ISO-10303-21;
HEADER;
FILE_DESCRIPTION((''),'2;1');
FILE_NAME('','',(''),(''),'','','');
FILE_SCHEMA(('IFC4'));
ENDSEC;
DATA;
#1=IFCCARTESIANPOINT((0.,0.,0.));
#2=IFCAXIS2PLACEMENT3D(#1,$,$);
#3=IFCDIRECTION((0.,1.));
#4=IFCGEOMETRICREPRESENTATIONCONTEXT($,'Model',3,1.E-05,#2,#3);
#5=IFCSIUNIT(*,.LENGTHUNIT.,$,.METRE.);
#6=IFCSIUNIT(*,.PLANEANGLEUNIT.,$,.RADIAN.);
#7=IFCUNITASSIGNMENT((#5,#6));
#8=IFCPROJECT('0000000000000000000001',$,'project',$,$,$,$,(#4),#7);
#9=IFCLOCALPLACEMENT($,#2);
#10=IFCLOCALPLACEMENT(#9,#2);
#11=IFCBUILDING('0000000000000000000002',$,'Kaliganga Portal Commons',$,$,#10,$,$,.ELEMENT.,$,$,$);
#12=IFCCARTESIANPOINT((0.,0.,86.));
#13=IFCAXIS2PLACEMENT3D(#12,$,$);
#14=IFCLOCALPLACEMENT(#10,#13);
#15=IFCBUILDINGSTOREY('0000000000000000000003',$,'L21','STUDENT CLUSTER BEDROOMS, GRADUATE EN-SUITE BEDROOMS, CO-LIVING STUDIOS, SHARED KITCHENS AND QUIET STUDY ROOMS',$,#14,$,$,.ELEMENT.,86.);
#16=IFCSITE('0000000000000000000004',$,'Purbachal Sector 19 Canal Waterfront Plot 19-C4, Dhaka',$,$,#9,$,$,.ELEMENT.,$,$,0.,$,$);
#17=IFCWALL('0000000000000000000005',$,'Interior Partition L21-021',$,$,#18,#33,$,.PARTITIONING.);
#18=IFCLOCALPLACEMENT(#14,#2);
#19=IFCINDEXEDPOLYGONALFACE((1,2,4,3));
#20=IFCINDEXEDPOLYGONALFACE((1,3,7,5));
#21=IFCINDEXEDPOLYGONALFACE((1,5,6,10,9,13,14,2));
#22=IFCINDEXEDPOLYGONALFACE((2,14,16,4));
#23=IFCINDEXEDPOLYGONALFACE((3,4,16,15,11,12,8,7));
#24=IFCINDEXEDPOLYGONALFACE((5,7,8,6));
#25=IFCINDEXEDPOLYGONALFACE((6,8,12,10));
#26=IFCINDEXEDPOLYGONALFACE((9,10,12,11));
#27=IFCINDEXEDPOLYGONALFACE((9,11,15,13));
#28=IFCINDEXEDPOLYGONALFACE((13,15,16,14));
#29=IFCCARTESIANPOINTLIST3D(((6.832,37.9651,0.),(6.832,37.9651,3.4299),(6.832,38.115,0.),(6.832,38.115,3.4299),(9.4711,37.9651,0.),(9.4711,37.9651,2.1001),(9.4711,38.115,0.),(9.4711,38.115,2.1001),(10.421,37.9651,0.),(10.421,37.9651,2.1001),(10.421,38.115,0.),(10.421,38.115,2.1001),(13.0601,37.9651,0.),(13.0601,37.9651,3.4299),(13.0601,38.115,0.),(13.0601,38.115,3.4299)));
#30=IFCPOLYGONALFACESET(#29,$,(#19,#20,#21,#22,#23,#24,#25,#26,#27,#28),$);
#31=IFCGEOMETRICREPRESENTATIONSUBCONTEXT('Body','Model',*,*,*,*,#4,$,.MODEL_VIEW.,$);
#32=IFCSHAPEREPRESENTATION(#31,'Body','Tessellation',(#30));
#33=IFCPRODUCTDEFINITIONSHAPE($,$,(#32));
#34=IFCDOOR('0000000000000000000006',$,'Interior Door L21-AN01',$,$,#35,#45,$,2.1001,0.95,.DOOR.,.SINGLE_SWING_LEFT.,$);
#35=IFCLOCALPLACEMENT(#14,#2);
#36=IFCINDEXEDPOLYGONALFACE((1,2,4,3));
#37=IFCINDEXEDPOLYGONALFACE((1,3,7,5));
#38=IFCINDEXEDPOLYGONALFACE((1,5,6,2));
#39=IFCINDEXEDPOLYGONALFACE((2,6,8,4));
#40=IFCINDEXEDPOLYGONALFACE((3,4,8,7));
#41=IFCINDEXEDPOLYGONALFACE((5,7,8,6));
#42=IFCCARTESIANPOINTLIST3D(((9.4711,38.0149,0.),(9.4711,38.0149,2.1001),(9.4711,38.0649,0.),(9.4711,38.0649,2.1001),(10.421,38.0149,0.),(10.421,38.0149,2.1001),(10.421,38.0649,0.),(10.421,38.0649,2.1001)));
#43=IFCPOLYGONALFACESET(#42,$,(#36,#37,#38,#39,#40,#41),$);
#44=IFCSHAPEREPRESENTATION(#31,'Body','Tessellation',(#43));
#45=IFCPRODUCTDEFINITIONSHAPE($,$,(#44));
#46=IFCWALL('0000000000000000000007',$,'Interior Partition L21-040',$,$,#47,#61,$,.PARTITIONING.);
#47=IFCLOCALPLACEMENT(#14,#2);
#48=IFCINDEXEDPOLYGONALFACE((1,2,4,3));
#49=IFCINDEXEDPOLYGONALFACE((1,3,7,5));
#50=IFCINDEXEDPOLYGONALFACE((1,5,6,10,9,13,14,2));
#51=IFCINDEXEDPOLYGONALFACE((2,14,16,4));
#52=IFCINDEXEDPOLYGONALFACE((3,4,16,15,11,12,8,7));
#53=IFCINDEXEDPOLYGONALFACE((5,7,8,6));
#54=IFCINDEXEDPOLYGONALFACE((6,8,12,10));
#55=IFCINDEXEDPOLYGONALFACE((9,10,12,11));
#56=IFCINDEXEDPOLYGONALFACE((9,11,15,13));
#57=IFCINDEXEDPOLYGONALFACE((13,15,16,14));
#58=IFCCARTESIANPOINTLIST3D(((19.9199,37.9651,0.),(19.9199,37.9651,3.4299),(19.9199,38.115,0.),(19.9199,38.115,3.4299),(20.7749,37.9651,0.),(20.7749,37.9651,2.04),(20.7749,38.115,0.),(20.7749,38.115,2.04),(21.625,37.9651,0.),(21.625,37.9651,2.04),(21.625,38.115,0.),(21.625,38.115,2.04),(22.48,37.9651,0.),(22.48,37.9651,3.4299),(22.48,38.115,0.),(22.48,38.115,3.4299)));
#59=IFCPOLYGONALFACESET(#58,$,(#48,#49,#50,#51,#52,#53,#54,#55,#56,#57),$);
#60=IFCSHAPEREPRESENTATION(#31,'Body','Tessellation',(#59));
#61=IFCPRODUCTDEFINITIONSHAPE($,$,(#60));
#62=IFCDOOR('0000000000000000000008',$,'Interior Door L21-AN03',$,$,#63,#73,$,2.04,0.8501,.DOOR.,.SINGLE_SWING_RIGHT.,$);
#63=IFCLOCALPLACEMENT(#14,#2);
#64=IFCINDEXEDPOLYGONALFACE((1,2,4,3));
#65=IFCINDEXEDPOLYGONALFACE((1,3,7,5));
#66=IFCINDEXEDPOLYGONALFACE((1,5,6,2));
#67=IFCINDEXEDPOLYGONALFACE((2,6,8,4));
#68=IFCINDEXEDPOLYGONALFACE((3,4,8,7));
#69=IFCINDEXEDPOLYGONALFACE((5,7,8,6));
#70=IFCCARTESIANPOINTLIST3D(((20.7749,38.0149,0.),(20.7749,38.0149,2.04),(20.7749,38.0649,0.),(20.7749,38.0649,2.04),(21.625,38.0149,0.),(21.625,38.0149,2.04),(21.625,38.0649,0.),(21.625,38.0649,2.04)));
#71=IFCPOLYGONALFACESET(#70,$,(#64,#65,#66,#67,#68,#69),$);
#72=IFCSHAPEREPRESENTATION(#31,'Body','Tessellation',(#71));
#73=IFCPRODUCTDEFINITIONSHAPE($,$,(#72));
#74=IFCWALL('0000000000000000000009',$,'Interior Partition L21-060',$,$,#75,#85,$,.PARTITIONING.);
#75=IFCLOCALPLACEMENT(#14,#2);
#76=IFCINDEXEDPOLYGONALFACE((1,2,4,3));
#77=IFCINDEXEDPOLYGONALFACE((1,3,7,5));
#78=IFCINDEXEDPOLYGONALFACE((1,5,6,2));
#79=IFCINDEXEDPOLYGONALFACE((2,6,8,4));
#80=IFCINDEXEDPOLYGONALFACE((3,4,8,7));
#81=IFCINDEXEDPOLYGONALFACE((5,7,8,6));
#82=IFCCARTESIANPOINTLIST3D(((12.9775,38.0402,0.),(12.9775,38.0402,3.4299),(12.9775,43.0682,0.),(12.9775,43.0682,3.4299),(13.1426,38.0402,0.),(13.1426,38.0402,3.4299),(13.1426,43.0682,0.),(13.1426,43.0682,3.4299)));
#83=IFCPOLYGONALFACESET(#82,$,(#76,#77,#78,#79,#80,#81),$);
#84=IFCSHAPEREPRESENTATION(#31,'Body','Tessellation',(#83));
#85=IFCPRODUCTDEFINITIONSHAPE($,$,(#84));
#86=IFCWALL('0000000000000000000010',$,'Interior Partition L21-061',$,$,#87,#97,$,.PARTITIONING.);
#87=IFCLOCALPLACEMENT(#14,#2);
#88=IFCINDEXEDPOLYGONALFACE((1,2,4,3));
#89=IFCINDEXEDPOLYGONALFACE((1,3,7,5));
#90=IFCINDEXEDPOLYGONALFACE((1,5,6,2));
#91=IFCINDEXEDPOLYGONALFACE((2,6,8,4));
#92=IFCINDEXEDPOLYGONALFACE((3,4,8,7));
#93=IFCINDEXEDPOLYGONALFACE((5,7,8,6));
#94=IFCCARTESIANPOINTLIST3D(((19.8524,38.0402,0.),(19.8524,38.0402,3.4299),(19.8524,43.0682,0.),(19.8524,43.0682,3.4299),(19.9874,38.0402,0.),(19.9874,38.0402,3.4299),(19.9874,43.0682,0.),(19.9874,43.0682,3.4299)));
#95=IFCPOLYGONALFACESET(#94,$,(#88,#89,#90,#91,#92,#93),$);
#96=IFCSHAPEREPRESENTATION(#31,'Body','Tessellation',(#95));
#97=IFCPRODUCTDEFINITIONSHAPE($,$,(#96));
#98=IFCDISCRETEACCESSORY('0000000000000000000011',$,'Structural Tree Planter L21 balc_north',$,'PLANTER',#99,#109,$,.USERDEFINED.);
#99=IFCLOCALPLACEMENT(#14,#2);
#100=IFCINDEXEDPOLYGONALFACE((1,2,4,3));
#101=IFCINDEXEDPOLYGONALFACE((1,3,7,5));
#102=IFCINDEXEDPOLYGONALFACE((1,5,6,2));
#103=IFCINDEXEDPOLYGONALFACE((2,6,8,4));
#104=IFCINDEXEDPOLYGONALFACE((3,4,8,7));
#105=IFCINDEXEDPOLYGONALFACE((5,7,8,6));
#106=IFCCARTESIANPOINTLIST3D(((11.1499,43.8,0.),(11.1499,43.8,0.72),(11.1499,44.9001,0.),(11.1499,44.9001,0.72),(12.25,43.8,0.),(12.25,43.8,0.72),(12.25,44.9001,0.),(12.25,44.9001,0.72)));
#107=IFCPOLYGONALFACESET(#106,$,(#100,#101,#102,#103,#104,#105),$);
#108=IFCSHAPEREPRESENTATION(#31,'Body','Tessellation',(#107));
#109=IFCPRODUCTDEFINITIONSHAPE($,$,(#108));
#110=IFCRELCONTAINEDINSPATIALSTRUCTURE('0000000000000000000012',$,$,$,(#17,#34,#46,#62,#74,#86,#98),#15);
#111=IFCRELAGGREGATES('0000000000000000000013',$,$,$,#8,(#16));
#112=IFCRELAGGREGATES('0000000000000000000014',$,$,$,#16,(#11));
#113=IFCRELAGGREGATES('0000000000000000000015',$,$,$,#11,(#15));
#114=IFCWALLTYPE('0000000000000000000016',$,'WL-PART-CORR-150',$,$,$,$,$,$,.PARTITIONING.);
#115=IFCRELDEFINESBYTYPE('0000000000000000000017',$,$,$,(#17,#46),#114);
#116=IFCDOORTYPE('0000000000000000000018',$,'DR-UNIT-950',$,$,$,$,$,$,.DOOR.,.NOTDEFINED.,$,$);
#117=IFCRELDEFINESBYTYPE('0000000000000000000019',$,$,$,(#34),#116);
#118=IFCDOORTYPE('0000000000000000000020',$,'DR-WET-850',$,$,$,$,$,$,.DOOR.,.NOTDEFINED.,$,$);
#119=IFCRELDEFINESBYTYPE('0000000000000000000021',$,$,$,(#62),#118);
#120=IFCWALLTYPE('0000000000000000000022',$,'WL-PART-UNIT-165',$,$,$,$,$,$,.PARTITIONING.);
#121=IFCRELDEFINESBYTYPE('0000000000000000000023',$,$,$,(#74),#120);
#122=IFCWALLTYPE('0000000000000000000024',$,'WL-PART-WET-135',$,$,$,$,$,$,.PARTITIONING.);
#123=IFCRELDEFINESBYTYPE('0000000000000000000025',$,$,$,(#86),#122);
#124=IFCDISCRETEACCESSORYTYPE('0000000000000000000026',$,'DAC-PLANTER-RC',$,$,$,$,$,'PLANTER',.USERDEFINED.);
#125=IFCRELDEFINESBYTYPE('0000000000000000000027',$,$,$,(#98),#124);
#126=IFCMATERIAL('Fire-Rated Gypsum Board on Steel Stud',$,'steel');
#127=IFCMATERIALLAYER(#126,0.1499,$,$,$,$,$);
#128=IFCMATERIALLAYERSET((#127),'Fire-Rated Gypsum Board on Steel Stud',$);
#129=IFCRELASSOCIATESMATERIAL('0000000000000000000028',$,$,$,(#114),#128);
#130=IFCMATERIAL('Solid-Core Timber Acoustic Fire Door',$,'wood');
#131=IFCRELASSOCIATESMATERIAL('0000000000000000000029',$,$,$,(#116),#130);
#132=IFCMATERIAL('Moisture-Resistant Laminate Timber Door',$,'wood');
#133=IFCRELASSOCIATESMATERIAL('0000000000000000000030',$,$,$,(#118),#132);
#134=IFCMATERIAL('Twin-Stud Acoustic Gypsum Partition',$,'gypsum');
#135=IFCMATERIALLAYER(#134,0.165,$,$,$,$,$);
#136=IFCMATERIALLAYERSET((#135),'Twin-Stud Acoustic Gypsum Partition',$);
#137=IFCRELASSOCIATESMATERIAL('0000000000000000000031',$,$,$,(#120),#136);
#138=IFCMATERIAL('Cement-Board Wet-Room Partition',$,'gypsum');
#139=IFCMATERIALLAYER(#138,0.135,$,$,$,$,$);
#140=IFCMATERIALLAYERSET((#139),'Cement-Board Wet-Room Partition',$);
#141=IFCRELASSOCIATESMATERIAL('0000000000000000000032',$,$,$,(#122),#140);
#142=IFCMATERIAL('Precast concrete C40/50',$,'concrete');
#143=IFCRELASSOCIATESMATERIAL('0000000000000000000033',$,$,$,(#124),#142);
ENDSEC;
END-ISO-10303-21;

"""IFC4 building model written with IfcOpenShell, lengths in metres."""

from ifc_helpers import new_model, si_unit, direction, frame, frame_2d, origin, origin_2d, place, context, subcontext, project, spatial, rectangle, extrude, source, transform, mapped, material, layer, layer_set, type_object, element, fill, save


model = new_model("IFC4")

# Units and contexts
model_context = context("Model", 3, precision=1e-05, world=origin(), true_north=direction((0.0, 1.0)))
body_context = subcontext(model_context, "Body", "Model", "MODEL_VIEW")
ifc_project = project(units=[si_unit("LENGTHUNIT", "METRE"), si_unit("PLANEANGLEUNIT", "RADIAN")], contexts=[model_context])

# Site, building, storey
site_placement = place(None, origin())
site = spatial("IfcSite", under=ifc_project, at=site_placement, Name="Purbachal Sector 19 Canal Waterfront Plot 19-C4, Dhaka", CompositionType="ELEMENT", RefElevation=0.0)
building_placement = place(site_placement, origin())
building = spatial("IfcBuilding", under=site, at=building_placement, Name="Kaliganga Portal Commons", CompositionType="ELEMENT")
storey_placement = place(building_placement, frame((0.0, 0.0, 86.0)))
storey = spatial("IfcBuildingStorey", under=building, at=storey_placement, Name="L21", Description="STUDENT CLUSTER BEDROOMS, GRADUATE EN-SUITE BEDROOMS, CO-LIVING STUDIOS, SHARED KITCHENS AND QUIET STUDY ROOMS", CompositionType="ELEMENT", Elevation=86.0)

# Walls, openings, doors
ifc_material_1 = material(Name="Fire-Rated Gypsum Board on Steel Stud", Category="steel")
ifc_layer_1 = layer(ifc_material_1, 0.1499)
ifc_layer_set_1 = layer_set([ifc_layer_1], Name="Fire-Rated Gypsum Board on Steel Stud")
wall_type_1 = type_object("IfcWallType", Name="WL-PART-CORR-150", PredefinedType="PARTITIONING", material=ifc_layer_set_1)
ifc_material_2 = material(Name="Solid-Core Timber Acoustic Fire Door", Category="wood")
door_type_1 = type_object("IfcDoorType", Name="DR-UNIT-950", OperationType="NOTDEFINED", PredefinedType="DOOR", material=ifc_material_2)
wall_1_placement = place(storey_placement, frame((6.832, 38.04, 0.0), z_axis=(0.0, 0.0, 1.0), x_axis=(1.0, 0.0, 0.0)))
wall_1 = element("IfcWall", 1, at=wall_1_placement, inside=storey, type_object=wall_type_1, Name="Interior Partition L21-021", PredefinedType="PARTITIONING", context=body_context, shape_type="SweptSolid", body=[
    extrude(rectangle(XDim=6.228, YDim=0.1499, at=frame_2d((3.114, 0.0))), origin(), (0.0, 0.0, 1.0), 3.4299),
])
opening_1_placement = place(wall_1_placement, frame((2.6389, 0.0, 0.0)))
opening_1 = element("IfcOpeningElement", 2, at=opening_1_placement, cuts=wall_1, PredefinedType="OPENING", context=body_context, shape_type="SweptSolid", body=[
    extrude(rectangle(XDim=0.95, YDim=2.1001, at=frame_2d((0.4751, 1.05))), frame((0.0, 0.085, 0.0), z_axis=(0.0, -1.0, 0.0), x_axis=(1.0, 0.0, 0.0)), (0.0, 0.0, 1.0), 0.1699),
])
door_1_placement = place(opening_1_placement, origin())
door_1 = element("IfcDoor", 3, at=door_1_placement, inside=storey, type_object=door_type_1, Name="Interior Door L21-AN01", OperationType="SINGLE_SWING_LEFT", OverallHeight=2.1001, OverallWidth=0.95, PredefinedType="DOOR", context=body_context, shape_type="SweptSolid", body=[
    extrude(rectangle(XDim=0.95, YDim=2.1001, at=frame_2d((0.4751, 1.05))), frame((0.0, 0.0249, 0.0), z_axis=(0.0, -1.0, 0.0), x_axis=(1.0, 0.0, 0.0)), (0.0, 0.0, 1.0), 0.05),
])
fill(opening_1, door_1)
wall_2_placement = place(storey_placement, frame((19.9199, 38.04, 0.0), z_axis=(0.0, 0.0, 1.0), x_axis=(1.0, 0.0, 0.0)))
wall_2 = element("IfcWall", 4, at=wall_2_placement, inside=storey, type_object=wall_type_1, Name="Interior Partition L21-040", PredefinedType="PARTITIONING", context=body_context, shape_type="SweptSolid", body=[
    extrude(rectangle(XDim=2.5601, YDim=0.1499, at=frame_2d((1.28, 0.0))), origin(), (0.0, 0.0, 1.0), 3.4299),
])
opening_2_placement = place(wall_2_placement, frame((0.855, 0.0, 0.0)))
opening_2 = element("IfcOpeningElement", 5, at=opening_2_placement, cuts=wall_2, PredefinedType="OPENING", context=body_context, shape_type="SweptSolid", body=[
    extrude(rectangle(XDim=0.8501, YDim=2.04, at=frame_2d((0.425, 1.02))), frame((0.0, 0.085, 0.0), z_axis=(0.0, -1.0, 0.0), x_axis=(1.0, 0.0, 0.0)), (0.0, 0.0, 1.0), 0.1699),
])
ifc_material_3 = material(Name="Moisture-Resistant Laminate Timber Door", Category="wood")
door_type_2 = type_object("IfcDoorType", Name="DR-WET-850", OperationType="NOTDEFINED", PredefinedType="DOOR", material=ifc_material_3)
door_2_placement = place(opening_2_placement, origin())
door_2 = element("IfcDoor", 6, at=door_2_placement, inside=storey, type_object=door_type_2, Name="Interior Door L21-AN03", OperationType="SINGLE_SWING_RIGHT", OverallHeight=2.04, OverallWidth=0.8501, PredefinedType="DOOR", context=body_context, shape_type="SweptSolid", body=[
    extrude(rectangle(XDim=0.8501, YDim=2.04, at=frame_2d((0.425, 1.02))), frame((0.0, 0.0249, 0.0), z_axis=(0.0, -1.0, 0.0), x_axis=(1.0, 0.0, 0.0)), (0.0, 0.0, 1.0), 0.05),
])
fill(opening_2, door_2)

# Walls
ifc_material_4 = material(Name="Twin-Stud Acoustic Gypsum Partition", Category="gypsum")
ifc_layer_2 = layer(ifc_material_4, 0.165)
ifc_layer_set_2 = layer_set([ifc_layer_2], Name="Twin-Stud Acoustic Gypsum Partition")
wall_type_2 = type_object("IfcWallType", Name="WL-PART-UNIT-165", PredefinedType="PARTITIONING", material=ifc_layer_set_2)
wall_3_placement = place(storey_placement, frame((13.0601, 38.04, 0.0), z_axis=(0.0, 0.0, 1.0), x_axis=(0.0, 1.0, 0.0)))
element("IfcWall", 7, at=wall_3_placement, inside=storey, type_object=wall_type_2, Name="Interior Partition L21-060", PredefinedType="PARTITIONING", context=body_context, shape_type="SweptSolid", body=[
    extrude(rectangle(XDim=5.0281, YDim=0.165, at=frame_2d((2.5142, 0.0))), origin(), (0.0, 0.0, 1.0), 3.4299),
])
ifc_material_5 = material(Name="Cement-Board Wet-Room Partition", Category="gypsum")
ifc_layer_3 = layer(ifc_material_5, 0.135)
ifc_layer_set_3 = layer_set([ifc_layer_3], Name="Cement-Board Wet-Room Partition")
wall_type_3 = type_object("IfcWallType", Name="WL-PART-WET-135", PredefinedType="PARTITIONING", material=ifc_layer_set_3)
wall_4_placement = place(storey_placement, frame((19.9199, 38.04, 0.0), z_axis=(0.0, 0.0, 1.0), x_axis=(0.0, 1.0, 0.0)))
element("IfcWall", 8, at=wall_4_placement, inside=storey, type_object=wall_type_3, Name="Interior Partition L21-061", PredefinedType="PARTITIONING", context=body_context, shape_type="SweptSolid", body=[
    extrude(rectangle(XDim=5.0281, YDim=0.135, at=frame_2d((2.5142, 0.0))), origin(), (0.0, 0.0, 1.0), 3.4299),
])

# Discrete accessory
ifc_material_6 = material(Name="Precast concrete C40/50", Category="concrete")
discrete_accessory_type = type_object("IfcDiscreteAccessoryType", Name="DAC-PLANTER-RC", ElementType="PLANTER", PredefinedType="USERDEFINED", material=ifc_material_6)
shared_shape_1 = source(origin(), body_context, "Body", "SweptSolid", [
    extrude(rectangle(XDim=1.1001, YDim=1.1001, at=origin_2d()), origin(), (0.0, 0.0, 1.0), 0.72),
])
discrete_accessory_placement = place(storey_placement, frame((11.7, 44.3501, 0.0), z_axis=(0.0, 0.0, 1.0), x_axis=(1.0, 0.0, 0.0)))
element("IfcDiscreteAccessory", 9, at=discrete_accessory_placement, inside=storey, type_object=discrete_accessory_type, Name="Structural Tree Planter L21 balc_north", ObjectType="PLANTER", PredefinedType="USERDEFINED", context=body_context, shape_type="MappedRepresentation", body=[
    mapped(shared_shape_1, transform((0.0, 0.0, 0.0), x_axis=(1.0, 0.0, 0.0), y_axis=(0.0, 1.0, 0.0), z_axis=(0.0, 0.0, 1.0), scale=1.0)),
])

save(model, "model.ifc")
